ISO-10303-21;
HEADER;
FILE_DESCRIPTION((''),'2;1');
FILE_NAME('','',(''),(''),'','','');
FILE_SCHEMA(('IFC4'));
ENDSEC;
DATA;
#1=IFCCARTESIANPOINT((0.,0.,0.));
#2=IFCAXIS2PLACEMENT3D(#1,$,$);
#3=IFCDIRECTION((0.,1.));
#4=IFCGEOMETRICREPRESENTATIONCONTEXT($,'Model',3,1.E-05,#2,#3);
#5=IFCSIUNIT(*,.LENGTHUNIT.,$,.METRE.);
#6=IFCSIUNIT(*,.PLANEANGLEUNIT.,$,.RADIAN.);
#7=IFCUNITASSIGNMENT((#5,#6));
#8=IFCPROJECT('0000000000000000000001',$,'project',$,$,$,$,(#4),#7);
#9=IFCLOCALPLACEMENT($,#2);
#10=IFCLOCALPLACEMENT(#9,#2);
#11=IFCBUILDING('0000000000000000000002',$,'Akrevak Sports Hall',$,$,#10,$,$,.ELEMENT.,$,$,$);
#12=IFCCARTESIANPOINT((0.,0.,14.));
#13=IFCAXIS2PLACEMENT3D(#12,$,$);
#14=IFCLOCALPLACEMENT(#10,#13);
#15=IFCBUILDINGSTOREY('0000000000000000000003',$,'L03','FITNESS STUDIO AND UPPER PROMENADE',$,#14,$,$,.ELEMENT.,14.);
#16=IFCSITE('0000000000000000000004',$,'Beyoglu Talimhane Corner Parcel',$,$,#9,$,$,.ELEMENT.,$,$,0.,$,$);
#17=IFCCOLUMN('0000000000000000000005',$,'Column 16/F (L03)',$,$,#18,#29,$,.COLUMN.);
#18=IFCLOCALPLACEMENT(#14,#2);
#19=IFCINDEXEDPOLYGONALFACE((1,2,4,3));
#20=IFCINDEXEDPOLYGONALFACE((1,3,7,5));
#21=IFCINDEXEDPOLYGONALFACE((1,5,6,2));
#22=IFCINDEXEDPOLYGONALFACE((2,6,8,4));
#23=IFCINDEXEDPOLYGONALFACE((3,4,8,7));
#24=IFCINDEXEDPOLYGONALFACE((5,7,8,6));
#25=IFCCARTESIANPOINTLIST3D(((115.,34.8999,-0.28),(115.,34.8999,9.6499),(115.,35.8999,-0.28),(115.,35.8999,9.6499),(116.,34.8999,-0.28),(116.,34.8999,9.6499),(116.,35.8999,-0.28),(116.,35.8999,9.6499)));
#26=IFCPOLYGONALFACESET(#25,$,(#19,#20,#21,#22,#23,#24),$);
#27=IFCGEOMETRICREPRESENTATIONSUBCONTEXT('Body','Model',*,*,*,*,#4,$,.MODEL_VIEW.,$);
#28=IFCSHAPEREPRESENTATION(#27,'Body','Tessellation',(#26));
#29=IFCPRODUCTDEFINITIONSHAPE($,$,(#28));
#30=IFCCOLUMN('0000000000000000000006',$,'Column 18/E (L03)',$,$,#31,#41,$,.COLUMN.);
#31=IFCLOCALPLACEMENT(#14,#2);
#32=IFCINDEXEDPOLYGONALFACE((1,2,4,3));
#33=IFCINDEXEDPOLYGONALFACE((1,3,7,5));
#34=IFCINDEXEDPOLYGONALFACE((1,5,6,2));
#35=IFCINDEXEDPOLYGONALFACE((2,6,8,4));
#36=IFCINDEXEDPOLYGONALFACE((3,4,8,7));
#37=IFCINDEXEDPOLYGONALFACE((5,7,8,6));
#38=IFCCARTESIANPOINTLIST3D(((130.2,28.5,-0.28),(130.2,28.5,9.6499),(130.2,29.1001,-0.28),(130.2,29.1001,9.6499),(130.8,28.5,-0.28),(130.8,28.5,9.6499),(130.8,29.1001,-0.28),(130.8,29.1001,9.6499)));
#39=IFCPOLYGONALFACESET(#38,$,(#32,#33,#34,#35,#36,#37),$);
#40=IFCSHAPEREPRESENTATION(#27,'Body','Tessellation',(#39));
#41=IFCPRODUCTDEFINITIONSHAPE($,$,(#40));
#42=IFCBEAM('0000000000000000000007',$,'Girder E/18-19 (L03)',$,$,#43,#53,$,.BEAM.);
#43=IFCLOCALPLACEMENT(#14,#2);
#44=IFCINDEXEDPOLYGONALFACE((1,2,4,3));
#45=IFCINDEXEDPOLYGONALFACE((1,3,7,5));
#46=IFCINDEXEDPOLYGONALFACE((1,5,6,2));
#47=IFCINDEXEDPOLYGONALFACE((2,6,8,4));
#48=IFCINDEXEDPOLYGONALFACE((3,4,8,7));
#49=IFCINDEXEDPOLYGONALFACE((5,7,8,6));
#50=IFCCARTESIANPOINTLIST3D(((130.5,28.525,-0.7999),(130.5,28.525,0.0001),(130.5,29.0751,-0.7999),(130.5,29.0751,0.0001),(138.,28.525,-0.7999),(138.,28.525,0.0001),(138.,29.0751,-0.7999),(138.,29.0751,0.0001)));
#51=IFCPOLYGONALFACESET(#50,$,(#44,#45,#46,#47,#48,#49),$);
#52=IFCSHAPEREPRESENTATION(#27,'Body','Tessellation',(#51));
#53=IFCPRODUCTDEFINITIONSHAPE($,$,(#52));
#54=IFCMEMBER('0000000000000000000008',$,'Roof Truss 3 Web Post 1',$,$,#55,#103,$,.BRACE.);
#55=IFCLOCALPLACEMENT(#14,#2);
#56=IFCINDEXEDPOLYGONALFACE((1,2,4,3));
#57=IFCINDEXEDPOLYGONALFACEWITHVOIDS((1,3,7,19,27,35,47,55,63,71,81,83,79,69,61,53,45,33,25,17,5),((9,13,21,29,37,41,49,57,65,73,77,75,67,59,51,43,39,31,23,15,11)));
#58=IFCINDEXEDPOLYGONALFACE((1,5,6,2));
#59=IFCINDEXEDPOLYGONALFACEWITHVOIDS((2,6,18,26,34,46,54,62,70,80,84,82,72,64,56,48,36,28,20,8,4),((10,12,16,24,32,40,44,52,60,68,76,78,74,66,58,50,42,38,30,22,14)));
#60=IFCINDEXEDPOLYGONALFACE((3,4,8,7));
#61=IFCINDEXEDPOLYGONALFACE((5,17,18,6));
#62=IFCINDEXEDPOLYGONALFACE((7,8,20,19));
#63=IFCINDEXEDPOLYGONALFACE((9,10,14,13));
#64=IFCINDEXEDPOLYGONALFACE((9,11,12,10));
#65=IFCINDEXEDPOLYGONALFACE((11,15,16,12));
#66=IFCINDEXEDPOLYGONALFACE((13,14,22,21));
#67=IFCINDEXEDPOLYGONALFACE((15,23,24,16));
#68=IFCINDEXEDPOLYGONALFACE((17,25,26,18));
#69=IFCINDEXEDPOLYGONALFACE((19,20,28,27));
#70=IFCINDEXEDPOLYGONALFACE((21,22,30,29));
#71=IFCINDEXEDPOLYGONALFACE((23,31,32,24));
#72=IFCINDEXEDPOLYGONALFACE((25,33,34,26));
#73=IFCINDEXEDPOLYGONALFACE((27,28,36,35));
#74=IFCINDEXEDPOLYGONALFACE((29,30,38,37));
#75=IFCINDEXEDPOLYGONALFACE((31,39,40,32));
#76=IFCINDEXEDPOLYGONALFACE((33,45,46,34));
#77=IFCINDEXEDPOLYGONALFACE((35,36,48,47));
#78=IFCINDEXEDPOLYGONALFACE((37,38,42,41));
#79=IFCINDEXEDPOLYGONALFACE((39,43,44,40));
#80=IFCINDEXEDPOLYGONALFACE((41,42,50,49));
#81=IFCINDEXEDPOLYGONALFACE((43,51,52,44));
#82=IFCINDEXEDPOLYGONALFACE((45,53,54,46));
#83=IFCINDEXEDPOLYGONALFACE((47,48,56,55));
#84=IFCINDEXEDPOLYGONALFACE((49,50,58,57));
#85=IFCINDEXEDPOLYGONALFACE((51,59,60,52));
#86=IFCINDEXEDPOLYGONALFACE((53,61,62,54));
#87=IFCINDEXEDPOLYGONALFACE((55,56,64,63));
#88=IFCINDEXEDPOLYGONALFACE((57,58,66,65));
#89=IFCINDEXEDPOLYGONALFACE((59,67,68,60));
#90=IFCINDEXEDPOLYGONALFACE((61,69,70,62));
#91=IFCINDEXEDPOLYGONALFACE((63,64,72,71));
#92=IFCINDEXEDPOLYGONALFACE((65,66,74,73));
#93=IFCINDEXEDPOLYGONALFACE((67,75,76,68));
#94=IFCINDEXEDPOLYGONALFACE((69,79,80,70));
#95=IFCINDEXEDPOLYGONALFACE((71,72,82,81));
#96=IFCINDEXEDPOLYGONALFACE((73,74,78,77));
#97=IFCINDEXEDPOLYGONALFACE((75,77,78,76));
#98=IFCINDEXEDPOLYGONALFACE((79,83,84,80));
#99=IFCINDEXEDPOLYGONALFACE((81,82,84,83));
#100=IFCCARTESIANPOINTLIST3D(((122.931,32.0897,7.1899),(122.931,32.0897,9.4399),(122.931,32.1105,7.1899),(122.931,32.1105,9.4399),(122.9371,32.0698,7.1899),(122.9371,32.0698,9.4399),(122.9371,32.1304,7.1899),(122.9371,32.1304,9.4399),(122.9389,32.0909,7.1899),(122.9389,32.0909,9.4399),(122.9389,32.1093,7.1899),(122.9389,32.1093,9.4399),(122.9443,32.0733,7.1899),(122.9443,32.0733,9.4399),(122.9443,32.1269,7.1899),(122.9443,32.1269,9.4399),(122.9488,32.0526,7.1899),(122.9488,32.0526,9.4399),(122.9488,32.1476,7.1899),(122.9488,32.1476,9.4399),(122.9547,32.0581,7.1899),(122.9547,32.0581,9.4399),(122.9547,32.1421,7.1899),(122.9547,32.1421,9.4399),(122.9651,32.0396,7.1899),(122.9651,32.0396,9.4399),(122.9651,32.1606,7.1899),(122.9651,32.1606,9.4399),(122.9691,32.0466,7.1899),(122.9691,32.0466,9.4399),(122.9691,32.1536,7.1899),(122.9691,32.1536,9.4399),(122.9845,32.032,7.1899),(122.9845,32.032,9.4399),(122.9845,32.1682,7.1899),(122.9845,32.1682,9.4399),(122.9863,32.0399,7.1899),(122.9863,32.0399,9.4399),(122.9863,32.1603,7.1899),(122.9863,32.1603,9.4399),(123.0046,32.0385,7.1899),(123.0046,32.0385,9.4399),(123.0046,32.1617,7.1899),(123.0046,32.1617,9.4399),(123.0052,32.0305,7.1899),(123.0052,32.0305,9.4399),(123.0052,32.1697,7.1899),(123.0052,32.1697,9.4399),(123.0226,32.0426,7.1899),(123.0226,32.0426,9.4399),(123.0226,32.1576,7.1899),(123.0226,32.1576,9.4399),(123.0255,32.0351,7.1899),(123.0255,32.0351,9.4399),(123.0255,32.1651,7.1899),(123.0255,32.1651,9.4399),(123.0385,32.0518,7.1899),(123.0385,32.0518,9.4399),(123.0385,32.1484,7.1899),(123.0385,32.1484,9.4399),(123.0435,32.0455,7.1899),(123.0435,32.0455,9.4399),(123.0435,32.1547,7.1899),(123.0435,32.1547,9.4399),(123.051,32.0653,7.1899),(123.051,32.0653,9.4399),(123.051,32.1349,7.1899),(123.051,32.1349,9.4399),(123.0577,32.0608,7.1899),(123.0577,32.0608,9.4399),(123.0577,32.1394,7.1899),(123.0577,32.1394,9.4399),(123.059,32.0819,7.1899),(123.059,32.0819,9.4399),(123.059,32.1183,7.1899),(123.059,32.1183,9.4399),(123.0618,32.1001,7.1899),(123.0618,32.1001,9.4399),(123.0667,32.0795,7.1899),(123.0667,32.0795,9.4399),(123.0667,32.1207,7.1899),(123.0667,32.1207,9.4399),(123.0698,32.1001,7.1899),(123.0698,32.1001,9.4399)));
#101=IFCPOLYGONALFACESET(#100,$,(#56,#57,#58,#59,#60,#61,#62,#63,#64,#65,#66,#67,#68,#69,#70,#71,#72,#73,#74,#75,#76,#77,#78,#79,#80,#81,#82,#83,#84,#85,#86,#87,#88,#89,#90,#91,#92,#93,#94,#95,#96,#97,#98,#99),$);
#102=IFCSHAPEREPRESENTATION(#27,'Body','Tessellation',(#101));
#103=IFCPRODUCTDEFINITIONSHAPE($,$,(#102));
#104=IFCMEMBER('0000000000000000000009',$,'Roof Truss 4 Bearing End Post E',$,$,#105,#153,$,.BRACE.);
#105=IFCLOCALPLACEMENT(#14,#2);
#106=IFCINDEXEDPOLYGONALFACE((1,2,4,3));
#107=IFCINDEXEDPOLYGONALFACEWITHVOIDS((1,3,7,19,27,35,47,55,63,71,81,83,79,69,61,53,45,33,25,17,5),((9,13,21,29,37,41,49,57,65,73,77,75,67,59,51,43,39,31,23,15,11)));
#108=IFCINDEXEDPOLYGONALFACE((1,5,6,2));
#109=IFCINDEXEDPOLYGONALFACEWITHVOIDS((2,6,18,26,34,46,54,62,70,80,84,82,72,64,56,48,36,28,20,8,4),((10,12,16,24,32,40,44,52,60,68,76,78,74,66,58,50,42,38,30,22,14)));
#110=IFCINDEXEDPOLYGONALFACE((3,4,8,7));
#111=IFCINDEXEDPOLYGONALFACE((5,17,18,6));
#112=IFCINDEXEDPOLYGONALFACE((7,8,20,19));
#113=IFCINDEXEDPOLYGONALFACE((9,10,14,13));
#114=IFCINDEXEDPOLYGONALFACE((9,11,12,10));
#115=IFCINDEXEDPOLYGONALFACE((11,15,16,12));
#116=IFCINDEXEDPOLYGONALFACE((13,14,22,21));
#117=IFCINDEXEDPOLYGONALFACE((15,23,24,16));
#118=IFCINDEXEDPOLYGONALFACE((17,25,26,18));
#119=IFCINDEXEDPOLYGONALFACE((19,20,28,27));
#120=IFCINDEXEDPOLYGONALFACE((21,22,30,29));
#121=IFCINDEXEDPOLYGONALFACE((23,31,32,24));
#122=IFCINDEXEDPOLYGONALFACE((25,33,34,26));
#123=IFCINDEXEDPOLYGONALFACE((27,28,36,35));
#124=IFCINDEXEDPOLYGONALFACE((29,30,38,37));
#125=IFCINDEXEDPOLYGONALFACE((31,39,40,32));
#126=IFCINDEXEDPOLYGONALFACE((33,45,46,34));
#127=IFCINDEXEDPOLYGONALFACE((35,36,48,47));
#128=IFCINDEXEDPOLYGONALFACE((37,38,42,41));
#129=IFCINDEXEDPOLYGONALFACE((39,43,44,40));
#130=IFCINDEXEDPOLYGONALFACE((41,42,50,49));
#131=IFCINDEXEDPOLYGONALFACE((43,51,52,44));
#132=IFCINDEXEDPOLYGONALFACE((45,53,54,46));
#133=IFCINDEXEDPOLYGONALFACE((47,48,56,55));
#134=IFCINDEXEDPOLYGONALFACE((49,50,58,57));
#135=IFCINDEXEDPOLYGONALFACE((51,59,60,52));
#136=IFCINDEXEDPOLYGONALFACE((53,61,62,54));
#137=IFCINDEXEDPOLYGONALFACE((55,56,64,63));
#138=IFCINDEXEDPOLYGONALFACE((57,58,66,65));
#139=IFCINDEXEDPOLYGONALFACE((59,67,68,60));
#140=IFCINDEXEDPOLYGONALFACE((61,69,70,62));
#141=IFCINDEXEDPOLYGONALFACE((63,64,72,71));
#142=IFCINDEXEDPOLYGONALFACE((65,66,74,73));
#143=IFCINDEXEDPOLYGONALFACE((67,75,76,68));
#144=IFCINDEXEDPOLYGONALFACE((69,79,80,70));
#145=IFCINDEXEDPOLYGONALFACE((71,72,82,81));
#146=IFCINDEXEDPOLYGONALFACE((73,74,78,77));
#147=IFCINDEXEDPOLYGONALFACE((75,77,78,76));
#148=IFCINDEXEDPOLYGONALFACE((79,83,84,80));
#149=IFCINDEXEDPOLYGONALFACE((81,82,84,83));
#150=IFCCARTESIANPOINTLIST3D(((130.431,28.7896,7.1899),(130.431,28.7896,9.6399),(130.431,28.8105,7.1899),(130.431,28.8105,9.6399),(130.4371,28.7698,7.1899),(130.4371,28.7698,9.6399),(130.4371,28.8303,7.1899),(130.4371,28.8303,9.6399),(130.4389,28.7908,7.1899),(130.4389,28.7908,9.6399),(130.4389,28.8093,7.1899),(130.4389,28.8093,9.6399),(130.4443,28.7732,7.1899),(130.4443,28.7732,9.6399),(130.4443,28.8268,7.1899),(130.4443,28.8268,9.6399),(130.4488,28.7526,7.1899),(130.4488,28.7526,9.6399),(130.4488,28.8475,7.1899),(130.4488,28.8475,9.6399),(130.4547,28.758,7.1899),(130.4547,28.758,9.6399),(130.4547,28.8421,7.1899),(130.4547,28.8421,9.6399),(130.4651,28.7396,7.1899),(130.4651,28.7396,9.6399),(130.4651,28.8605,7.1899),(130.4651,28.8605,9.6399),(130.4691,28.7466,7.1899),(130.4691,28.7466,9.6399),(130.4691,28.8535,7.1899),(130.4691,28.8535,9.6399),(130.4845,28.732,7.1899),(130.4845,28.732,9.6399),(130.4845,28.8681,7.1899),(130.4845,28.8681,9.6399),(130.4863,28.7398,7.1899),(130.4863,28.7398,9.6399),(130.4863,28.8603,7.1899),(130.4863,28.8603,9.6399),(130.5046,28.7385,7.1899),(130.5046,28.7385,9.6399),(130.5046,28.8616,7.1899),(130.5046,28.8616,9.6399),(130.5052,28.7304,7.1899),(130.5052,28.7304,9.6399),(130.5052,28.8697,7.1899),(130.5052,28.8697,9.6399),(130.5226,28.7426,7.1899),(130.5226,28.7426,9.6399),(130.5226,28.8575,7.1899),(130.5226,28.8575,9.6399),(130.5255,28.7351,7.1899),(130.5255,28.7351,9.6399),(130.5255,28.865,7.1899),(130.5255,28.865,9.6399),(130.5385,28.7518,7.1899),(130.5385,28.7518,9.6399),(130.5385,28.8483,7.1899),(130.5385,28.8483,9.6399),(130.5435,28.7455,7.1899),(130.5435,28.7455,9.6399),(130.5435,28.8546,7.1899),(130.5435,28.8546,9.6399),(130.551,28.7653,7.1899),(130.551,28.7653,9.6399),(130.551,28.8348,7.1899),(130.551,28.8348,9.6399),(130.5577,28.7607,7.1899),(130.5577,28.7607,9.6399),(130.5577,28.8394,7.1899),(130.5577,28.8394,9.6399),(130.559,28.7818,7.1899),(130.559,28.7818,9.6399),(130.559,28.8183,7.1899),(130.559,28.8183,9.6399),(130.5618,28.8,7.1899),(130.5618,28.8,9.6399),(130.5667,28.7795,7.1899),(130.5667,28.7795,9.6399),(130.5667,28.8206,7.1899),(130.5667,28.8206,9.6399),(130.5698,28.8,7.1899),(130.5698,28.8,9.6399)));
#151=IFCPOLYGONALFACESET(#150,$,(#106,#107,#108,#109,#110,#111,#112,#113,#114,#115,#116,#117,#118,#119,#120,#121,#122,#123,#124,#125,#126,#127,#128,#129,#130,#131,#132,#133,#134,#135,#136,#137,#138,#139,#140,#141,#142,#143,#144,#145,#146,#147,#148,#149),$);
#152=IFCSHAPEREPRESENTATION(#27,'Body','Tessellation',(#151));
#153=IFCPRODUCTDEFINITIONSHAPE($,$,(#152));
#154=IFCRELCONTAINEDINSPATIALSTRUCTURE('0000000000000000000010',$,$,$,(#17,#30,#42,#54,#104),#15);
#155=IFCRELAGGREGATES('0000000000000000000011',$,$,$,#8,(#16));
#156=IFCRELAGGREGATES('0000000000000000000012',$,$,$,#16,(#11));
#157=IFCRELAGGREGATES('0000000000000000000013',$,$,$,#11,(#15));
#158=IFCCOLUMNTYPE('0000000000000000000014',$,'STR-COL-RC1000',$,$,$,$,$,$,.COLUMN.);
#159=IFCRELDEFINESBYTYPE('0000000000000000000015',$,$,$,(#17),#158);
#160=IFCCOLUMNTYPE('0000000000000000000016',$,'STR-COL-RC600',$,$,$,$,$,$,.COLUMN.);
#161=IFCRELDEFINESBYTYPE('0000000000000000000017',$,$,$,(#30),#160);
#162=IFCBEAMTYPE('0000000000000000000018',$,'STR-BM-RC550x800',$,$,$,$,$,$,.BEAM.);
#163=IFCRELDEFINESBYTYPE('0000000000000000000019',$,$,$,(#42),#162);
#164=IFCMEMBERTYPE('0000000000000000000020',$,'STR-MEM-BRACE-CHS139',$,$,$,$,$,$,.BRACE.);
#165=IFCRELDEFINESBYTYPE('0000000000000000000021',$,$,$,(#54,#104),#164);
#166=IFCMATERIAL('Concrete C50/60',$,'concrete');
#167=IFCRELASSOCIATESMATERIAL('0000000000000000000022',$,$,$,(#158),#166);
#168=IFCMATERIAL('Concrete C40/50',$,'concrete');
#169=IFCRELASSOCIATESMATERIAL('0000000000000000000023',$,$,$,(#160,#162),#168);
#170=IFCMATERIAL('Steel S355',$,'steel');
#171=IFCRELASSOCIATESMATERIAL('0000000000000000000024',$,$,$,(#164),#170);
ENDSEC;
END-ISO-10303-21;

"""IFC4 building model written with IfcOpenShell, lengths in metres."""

from ifc_helpers import new_model, si_unit, direction, frame, origin, origin_2d, place, context, subcontext, project, spatial, rectangle, hollow_circle, extrude, material, material_profile, profile_set, type_object, element, save


model = new_model("IFC4")

# Units and contexts
model_context = context("Model", 3, precision=1e-05, world=origin(), true_north=direction((0.0, 1.0)))
body_context = subcontext(model_context, "Body", "Model", "MODEL_VIEW")
ifc_project = project(units=[si_unit("LENGTHUNIT", "METRE"), si_unit("PLANEANGLEUNIT", "RADIAN")], contexts=[model_context])

# Site, building, storey
site_placement = place(None, origin())
site = spatial("IfcSite", under=ifc_project, at=site_placement, Name="Beyoglu Talimhane Corner Parcel", CompositionType="ELEMENT", RefElevation=0.0)
building_placement = place(site_placement, origin())
building = spatial("IfcBuilding", under=site, at=building_placement, Name="Akrevak Sports Hall", CompositionType="ELEMENT")
storey_placement = place(building_placement, frame((0.0, 0.0, 14.0)))
storey = spatial("IfcBuildingStorey", under=building, at=storey_placement, Name="L03", Description="FITNESS STUDIO AND UPPER PROMENADE", CompositionType="ELEMENT", Elevation=14.0)

# Columns
ifc_material_1 = material(Name="Concrete C50/60", Category="concrete")
ifc_material_profile_1 = material_profile(ifc_material_1, rectangle(XDim=1.0, YDim=1.0, at=origin_2d()), Name="RC 1000x1000", Category="concrete")
ifc_profile_set_1 = profile_set([ifc_material_profile_1], Name="Concrete C50/60")
column_type_1 = type_object("IfcColumnType", Name="STR-COL-RC1000", PredefinedType="COLUMN", material=ifc_profile_set_1)
column_1_placement = place(storey_placement, frame((115.5, 35.3999, -0.28), z_axis=(0.0, 0.0, 1.0), x_axis=(1.0, 0.0, 0.0)))
element("IfcColumn", 1, at=column_1_placement, inside=storey, type_object=column_type_1, Name="Column 16/F (L03)", PredefinedType="COLUMN", context=body_context, shape_type="SweptSolid", body=[
    extrude(rectangle(XDim=1.0, YDim=1.0, at=origin_2d()), origin(), (0.0, 0.0, 1.0), 9.9299),
])
ifc_material_2 = material(Name="Concrete C40/50", Category="concrete")
ifc_material_profile_2 = material_profile(ifc_material_2, rectangle(XDim=0.6001, YDim=0.6001, at=origin_2d()), Name="RC 600x600", Category="concrete")
ifc_profile_set_2 = profile_set([ifc_material_profile_2], Name="Concrete C40/50")
column_type_2 = type_object("IfcColumnType", Name="STR-COL-RC600", PredefinedType="COLUMN", material=ifc_profile_set_2)
column_2_placement = place(storey_placement, frame((130.5, 28.8, -0.28), z_axis=(0.0, 0.0, 1.0), x_axis=(1.0, 0.0, 0.0)))
element("IfcColumn", 2, at=column_2_placement, inside=storey, type_object=column_type_2, Name="Column 18/E (L03)", PredefinedType="COLUMN", context=body_context, shape_type="SweptSolid", body=[
    extrude(rectangle(XDim=0.6001, YDim=0.6001, at=origin_2d()), origin(), (0.0, 0.0, 1.0), 9.9299),
])

# Beam
ifc_material_profile_3 = material_profile(ifc_material_2, rectangle(XDim=0.55, YDim=0.8, at=origin_2d()), Name="BM 550x800", Category="concrete")
ifc_profile_set_3 = profile_set([ifc_material_profile_3], Name="Concrete C40/50")
beam_type = type_object("IfcBeamType", Name="STR-BM-RC550x800", PredefinedType="BEAM", material=ifc_profile_set_3)
beam_placement = place(storey_placement, frame((130.5, 28.8, -0.3999), z_axis=(1.0, 0.0, 0.0), x_axis=(0.0, 1.0, 0.0)))
element("IfcBeam", 3, at=beam_placement, inside=storey, type_object=beam_type, Name="Girder E/18-19 (L03)", PredefinedType="BEAM", context=body_context, shape_type="SweptSolid", body=[
    extrude(rectangle(XDim=0.55, YDim=0.8, at=origin_2d()), origin(), (0.0, 0.0, 1.0), 7.5),
])

# Members
ifc_material_3 = material(Name="Steel S355", Category="steel")
ifc_material_profile_4 = material_profile(ifc_material_3, hollow_circle(Radius=0.0698, WallThickness=0.0081, at=origin_2d()), Name="CHS 139.7x8", Category="steel")
ifc_profile_set_4 = profile_set([ifc_material_profile_4], Name="Steel S355")
member_type_1 = type_object("IfcMemberType", Name="STR-MEM-BRACE-CHS139", PredefinedType="BRACE", material=ifc_profile_set_4)
member_1_placement = place(storey_placement, frame((123.0, 32.1001, 7.1899), z_axis=(0.0, 0.0, 1.0), x_axis=(1.0, 0.0, 0.0)))
element("IfcMember", 4, at=member_1_placement, inside=storey, type_object=member_type_1, Name="Roof Truss 3 Web Post 1", PredefinedType="BRACE", context=body_context, shape_type="SweptSolid", body=[
    extrude(hollow_circle(Radius=0.0698, WallThickness=0.0081, at=origin_2d()), origin(), (0.0, 0.0, 1.0), 2.25),
])
member_2_placement = place(storey_placement, frame((130.5, 28.8, 7.1899), z_axis=(0.0, 0.0, 1.0), x_axis=(1.0, 0.0, 0.0)))
element("IfcMember", 5, at=member_2_placement, inside=storey, type_object=member_type_1, Name="Roof Truss 4 Bearing End Post E", PredefinedType="BRACE", context=body_context, shape_type="SweptSolid", body=[
    extrude(hollow_circle(Radius=0.0698, WallThickness=0.0081, at=origin_2d()), origin(), (0.0, 0.0, 1.0), 2.45),
])

save(model, "model.ifc")
